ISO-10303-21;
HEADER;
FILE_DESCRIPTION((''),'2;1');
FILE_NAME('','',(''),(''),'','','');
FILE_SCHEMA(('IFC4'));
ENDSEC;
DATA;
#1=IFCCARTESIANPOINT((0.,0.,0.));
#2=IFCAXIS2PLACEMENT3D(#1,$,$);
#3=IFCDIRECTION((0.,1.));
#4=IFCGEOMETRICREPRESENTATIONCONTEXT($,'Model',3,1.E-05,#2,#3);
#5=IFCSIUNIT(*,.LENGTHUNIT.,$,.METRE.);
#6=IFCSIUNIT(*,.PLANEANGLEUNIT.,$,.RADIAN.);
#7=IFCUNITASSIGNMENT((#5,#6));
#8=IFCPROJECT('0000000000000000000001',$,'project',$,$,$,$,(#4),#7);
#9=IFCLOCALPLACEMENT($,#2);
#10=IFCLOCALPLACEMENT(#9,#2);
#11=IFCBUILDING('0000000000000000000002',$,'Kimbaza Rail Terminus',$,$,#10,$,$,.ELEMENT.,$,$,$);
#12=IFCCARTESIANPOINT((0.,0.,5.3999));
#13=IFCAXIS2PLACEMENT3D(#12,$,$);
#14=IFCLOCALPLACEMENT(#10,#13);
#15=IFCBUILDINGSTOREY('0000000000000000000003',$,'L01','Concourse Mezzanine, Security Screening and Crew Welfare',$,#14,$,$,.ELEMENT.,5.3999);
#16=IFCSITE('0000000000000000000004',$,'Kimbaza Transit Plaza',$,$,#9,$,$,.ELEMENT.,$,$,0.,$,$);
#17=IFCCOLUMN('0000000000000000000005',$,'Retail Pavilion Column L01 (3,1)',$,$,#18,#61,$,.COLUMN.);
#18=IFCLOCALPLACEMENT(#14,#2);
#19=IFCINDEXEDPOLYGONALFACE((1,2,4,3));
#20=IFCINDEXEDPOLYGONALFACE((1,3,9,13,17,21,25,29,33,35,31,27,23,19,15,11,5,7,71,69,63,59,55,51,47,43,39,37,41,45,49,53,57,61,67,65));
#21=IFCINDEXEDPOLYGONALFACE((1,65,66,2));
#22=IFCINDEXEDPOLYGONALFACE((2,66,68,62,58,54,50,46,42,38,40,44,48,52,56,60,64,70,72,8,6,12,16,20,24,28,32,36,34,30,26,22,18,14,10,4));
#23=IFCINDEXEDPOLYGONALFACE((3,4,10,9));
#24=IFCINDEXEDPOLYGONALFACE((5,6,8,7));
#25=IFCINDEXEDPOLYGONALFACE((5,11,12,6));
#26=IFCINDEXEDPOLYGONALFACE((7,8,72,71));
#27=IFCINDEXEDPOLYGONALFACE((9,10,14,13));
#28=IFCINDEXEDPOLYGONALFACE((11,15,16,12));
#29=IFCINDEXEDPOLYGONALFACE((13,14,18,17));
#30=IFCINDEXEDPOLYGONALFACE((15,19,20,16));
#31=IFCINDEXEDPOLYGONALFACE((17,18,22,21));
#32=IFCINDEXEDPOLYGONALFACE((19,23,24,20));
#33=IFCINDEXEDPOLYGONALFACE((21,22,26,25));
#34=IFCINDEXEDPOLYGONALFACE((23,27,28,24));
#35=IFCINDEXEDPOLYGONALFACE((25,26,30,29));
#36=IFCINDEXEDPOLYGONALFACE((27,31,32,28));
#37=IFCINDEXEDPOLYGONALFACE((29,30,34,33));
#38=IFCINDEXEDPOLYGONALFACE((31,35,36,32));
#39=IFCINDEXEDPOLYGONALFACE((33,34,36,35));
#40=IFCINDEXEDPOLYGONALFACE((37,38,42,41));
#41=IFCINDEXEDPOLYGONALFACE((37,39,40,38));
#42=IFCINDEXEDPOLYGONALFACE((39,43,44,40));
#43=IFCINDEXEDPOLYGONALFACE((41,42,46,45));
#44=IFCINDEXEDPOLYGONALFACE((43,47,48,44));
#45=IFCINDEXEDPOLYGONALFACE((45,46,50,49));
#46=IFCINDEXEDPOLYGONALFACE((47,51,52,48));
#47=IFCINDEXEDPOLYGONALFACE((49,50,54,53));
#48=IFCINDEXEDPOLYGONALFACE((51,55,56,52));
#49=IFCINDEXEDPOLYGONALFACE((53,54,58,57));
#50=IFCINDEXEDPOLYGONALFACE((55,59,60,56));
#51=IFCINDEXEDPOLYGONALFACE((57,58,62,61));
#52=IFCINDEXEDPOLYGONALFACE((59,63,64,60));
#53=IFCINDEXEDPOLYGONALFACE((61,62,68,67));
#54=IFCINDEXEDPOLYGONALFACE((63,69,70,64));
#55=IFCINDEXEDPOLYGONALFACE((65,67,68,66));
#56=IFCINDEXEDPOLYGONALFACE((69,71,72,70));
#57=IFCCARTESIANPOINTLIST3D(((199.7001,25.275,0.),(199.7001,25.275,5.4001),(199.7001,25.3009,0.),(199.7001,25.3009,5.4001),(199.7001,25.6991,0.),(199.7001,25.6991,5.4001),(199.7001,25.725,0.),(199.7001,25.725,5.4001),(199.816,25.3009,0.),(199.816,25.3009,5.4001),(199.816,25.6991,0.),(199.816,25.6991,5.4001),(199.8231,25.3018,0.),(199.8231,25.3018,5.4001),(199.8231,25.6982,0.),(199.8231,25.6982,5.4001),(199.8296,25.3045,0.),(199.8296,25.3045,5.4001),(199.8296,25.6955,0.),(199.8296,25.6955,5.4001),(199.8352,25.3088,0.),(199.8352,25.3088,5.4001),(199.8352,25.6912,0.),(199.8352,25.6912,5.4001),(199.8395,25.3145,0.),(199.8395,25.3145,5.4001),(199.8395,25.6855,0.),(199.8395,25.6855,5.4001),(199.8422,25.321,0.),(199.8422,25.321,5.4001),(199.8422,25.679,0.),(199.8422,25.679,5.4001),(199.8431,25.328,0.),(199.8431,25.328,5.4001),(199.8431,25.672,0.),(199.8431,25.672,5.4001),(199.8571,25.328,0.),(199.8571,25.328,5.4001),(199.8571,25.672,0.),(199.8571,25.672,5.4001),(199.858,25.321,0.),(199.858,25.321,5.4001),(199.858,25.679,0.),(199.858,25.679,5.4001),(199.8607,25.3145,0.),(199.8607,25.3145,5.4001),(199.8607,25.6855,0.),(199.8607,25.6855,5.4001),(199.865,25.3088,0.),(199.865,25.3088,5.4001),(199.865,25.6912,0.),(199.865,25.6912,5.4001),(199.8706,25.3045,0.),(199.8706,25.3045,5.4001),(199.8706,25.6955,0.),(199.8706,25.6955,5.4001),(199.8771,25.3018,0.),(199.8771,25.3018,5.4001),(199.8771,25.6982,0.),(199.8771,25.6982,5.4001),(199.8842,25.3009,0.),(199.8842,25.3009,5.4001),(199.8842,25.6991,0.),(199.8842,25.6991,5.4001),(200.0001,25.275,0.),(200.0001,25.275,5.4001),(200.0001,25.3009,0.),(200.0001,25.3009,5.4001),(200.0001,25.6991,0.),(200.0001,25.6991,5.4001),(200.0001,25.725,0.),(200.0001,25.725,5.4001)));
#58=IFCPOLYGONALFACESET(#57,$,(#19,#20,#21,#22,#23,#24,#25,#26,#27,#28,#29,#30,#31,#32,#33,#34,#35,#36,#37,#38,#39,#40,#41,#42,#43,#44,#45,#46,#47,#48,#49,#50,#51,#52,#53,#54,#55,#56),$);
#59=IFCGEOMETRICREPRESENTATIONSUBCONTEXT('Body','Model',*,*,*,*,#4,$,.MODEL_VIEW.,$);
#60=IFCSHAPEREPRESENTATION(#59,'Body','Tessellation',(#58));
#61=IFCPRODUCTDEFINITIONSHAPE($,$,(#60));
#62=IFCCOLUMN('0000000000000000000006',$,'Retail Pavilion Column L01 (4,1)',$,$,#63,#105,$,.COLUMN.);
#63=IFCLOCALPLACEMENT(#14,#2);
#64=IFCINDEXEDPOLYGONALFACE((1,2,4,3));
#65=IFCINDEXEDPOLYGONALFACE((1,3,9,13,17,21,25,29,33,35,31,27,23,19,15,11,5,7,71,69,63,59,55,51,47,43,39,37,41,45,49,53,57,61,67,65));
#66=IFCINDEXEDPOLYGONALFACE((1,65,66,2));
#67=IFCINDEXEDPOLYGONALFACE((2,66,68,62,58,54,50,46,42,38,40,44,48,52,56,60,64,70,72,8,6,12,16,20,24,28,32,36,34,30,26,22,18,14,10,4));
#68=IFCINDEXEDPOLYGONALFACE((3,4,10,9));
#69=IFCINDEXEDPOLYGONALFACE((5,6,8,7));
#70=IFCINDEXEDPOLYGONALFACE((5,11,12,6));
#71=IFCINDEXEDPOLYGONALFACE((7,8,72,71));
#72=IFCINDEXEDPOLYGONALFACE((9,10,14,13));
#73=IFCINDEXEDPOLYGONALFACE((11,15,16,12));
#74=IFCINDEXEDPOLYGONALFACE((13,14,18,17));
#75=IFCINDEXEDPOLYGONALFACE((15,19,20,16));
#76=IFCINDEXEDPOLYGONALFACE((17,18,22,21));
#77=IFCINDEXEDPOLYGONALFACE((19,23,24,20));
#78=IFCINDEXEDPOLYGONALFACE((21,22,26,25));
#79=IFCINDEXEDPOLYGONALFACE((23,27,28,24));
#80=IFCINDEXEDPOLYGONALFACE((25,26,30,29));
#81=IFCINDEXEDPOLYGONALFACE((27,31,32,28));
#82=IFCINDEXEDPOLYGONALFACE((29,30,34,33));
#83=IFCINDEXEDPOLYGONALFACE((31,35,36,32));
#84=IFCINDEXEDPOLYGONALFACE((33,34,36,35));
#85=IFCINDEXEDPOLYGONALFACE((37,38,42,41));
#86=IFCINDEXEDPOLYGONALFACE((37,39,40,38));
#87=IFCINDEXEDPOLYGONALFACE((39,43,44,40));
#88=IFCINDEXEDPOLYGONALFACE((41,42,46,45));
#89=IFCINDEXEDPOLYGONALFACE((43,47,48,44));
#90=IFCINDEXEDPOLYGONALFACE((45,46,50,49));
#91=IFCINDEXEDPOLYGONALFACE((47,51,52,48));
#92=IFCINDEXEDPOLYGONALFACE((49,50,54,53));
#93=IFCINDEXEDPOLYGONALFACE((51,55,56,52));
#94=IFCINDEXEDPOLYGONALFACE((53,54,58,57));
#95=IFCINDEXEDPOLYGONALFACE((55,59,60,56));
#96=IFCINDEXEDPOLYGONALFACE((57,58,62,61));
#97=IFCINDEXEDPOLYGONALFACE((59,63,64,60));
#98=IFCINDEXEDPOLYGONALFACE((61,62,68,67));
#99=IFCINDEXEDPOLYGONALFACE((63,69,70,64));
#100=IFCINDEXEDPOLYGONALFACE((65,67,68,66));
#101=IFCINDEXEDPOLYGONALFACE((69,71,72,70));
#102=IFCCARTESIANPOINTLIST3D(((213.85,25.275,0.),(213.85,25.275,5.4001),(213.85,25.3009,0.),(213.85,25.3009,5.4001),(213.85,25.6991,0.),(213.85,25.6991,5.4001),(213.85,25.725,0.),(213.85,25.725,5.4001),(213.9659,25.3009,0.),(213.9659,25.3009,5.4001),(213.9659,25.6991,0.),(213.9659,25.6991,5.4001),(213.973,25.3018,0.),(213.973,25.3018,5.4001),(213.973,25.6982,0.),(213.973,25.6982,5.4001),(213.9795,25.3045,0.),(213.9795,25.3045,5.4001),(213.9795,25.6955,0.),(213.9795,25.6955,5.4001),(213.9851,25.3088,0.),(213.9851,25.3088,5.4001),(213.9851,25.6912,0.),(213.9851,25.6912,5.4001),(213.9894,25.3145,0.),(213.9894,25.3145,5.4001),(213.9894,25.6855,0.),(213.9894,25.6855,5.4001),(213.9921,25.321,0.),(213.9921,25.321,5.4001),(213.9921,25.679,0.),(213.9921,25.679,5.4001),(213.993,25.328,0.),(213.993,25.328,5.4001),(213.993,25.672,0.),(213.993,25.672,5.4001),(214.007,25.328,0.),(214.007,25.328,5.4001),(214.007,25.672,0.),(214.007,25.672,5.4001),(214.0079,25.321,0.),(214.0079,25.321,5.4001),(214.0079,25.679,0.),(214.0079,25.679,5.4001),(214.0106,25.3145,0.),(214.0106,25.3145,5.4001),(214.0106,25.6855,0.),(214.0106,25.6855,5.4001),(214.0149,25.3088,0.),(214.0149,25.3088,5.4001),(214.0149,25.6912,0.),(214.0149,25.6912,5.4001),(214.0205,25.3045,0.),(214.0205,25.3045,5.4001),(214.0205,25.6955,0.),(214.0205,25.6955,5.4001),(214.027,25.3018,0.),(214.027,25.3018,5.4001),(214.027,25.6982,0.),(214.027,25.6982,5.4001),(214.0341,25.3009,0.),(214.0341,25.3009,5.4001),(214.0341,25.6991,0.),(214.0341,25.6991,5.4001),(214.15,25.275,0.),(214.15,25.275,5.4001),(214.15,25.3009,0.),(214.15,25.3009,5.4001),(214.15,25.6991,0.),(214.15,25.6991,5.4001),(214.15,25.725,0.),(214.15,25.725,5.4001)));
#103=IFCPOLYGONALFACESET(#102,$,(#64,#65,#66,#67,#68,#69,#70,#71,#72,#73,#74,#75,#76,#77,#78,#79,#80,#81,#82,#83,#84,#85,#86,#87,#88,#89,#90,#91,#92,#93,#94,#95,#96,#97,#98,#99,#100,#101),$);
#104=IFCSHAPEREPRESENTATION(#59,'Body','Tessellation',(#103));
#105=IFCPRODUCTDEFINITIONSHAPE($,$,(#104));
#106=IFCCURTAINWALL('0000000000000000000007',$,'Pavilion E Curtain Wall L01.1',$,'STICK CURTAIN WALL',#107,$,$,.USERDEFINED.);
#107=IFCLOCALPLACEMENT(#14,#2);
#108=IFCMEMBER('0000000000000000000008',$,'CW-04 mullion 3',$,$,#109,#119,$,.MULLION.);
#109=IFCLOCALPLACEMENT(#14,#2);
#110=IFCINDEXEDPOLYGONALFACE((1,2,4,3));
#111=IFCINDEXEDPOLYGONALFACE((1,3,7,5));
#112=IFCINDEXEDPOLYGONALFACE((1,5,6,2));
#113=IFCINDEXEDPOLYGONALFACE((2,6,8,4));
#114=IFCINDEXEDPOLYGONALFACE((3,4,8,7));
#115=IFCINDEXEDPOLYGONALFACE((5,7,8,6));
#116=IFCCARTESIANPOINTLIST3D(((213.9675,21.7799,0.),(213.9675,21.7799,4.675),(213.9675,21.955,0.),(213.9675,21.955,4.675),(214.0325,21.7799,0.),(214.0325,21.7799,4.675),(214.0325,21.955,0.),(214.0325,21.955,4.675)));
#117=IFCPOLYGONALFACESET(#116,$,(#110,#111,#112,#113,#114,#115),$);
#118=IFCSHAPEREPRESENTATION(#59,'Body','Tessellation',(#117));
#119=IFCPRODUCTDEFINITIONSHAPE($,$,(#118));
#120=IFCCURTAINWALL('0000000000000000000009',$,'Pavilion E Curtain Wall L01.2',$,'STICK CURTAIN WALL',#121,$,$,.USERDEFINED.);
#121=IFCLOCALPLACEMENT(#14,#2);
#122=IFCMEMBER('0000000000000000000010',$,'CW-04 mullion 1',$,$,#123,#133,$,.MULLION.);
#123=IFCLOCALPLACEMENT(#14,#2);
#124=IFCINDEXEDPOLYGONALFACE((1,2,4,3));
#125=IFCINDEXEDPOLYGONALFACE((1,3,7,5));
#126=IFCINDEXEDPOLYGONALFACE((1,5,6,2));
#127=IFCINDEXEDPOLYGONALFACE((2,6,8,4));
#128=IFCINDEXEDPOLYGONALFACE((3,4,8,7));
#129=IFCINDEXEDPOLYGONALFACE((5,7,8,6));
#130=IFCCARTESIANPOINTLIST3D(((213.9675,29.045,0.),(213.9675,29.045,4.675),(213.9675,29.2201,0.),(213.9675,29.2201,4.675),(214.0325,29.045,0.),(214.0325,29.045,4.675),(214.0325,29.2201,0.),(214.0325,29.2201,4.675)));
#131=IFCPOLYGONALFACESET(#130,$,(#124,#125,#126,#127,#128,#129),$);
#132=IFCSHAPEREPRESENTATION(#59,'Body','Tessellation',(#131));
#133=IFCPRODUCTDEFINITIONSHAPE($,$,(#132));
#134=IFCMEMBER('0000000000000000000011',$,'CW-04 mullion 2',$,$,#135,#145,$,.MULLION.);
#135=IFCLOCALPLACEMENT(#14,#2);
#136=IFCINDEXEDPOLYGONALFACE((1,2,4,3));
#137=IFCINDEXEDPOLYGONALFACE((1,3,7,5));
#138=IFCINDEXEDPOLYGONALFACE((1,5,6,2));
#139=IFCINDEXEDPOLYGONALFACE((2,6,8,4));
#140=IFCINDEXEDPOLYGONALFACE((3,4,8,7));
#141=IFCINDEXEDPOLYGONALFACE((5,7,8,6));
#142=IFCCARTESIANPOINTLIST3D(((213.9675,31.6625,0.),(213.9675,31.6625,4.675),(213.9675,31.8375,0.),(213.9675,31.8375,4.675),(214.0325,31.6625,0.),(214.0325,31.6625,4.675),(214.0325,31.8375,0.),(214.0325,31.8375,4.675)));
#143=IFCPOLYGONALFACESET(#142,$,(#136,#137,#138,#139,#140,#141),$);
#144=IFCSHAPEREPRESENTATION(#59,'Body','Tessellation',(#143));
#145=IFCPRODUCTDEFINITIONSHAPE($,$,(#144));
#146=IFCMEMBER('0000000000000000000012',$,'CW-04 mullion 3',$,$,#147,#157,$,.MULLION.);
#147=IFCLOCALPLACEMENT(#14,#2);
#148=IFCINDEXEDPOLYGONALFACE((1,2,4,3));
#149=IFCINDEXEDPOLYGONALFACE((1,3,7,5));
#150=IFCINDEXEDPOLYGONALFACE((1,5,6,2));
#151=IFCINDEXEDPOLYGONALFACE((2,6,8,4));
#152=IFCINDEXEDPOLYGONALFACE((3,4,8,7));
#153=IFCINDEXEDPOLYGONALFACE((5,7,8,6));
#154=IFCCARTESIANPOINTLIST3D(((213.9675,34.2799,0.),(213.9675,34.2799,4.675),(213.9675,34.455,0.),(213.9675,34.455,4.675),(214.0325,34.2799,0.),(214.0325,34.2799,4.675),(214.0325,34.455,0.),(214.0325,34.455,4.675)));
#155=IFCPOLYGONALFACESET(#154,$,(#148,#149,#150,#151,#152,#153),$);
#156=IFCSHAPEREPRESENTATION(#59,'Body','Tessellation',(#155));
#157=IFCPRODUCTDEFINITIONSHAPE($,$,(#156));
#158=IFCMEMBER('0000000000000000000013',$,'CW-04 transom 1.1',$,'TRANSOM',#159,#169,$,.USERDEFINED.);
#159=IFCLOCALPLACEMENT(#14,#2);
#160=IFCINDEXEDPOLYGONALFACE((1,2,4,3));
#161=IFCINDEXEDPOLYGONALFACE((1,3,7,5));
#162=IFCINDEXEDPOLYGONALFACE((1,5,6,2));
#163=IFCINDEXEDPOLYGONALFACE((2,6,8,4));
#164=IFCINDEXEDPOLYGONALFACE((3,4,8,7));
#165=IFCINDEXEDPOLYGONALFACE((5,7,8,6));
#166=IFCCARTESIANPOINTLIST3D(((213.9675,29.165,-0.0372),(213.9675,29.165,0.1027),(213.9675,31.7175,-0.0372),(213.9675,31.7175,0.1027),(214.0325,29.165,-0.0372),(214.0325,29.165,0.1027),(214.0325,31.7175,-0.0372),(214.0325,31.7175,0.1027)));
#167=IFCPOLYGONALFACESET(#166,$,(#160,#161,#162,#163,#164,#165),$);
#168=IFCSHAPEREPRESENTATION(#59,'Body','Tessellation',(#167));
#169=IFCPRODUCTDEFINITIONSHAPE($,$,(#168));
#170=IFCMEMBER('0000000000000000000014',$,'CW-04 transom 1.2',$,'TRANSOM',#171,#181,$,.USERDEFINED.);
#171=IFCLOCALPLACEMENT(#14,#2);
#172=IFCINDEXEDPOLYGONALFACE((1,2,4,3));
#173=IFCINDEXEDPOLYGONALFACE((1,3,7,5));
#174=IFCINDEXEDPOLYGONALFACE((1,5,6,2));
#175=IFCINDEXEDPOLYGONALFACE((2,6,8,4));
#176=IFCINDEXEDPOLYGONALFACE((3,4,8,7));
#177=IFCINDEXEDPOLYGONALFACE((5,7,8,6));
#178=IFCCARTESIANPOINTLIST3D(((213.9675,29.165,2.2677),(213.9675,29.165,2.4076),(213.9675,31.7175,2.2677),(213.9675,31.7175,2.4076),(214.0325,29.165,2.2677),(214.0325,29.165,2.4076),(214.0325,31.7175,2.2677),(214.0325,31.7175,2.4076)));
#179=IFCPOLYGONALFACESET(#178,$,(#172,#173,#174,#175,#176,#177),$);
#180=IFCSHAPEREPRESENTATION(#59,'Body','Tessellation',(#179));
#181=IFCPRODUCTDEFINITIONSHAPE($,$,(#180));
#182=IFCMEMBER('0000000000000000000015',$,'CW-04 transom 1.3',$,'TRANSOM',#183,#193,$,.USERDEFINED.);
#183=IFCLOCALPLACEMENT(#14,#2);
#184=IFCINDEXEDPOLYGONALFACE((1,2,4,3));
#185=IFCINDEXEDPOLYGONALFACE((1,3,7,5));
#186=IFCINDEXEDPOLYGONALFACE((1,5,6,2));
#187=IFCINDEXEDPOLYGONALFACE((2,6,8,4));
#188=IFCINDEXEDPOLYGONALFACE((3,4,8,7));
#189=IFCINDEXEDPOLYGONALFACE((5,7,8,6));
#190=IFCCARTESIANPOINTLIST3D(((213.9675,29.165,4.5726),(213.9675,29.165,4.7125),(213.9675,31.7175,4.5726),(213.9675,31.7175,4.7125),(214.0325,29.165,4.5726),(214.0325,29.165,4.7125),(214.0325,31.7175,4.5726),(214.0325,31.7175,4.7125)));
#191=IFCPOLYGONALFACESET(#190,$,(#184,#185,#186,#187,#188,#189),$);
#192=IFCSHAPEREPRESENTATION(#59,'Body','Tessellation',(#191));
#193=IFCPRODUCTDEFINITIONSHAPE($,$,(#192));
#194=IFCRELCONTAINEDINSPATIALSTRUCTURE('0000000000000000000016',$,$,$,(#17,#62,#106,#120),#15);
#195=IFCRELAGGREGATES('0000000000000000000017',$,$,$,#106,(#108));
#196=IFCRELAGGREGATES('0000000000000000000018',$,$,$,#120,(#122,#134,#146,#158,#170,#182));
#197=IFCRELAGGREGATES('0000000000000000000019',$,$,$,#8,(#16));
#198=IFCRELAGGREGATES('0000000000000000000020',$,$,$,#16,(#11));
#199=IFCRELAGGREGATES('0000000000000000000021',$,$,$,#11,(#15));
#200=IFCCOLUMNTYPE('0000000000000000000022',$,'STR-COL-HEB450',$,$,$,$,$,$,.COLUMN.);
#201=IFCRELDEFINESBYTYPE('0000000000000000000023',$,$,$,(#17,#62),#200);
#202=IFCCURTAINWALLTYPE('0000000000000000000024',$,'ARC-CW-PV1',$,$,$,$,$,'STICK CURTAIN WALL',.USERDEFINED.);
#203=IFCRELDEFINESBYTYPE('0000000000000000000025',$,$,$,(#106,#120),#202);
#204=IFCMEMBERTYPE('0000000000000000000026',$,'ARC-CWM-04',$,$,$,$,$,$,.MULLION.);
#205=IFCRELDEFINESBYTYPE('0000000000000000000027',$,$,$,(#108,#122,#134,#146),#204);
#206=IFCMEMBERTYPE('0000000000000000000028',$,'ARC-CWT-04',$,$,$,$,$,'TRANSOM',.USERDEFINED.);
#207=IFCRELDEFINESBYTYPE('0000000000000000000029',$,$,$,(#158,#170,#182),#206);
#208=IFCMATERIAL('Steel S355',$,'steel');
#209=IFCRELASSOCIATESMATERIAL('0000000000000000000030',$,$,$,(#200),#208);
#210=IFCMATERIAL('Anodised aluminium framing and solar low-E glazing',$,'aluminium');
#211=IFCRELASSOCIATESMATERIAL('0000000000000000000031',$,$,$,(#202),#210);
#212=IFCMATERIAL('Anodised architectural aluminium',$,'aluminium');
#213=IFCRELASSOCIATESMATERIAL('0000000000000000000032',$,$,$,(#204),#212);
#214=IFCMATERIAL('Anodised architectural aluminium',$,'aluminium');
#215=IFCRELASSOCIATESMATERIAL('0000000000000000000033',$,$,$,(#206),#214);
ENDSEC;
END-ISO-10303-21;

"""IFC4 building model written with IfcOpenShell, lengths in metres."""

from ifc_helpers import new_model, si_unit, direction, frame, origin, origin_2d, place, context, subcontext, project, spatial, rectangle, i_section, extrude, material, material_profile, profile_set, type_object, element, aggregate, save


model = new_model("IFC4")

# Units and contexts
model_context = context("Model", 3, precision=1e-05, world=origin(), true_north=direction((0.0, 1.0)))
body_context = subcontext(model_context, "Body", "Model", "MODEL_VIEW")
ifc_project = project(units=[si_unit("LENGTHUNIT", "METRE"), si_unit("PLANEANGLEUNIT", "RADIAN")], contexts=[model_context])

# Site, building, storey
site_placement = place(None, origin())
site = spatial("IfcSite", under=ifc_project, at=site_placement, Name="Kimbaza Transit Plaza", CompositionType="ELEMENT", RefElevation=0.0)
building_placement = place(site_placement, origin())
building = spatial("IfcBuilding", under=site, at=building_placement, Name="Kimbaza Rail Terminus", CompositionType="ELEMENT")
storey_placement = place(building_placement, frame((0.0, 0.0, 5.3999)))
storey = spatial("IfcBuildingStorey", under=building, at=storey_placement, Name="L01", Description="Concourse Mezzanine, Security Screening and Crew Welfare", CompositionType="ELEMENT", Elevation=5.3999)

# Columns
ifc_material_1 = material(Name="Steel S355", Category="steel")
ifc_material_profile_1 = material_profile(ifc_material_1, i_section(OverallWidth=0.3, OverallDepth=0.45, WebThickness=0.0139, FlangeThickness=0.0259, FilletRadius=0.0271, at=origin_2d()), Name="HEB 450")
ifc_profile_set_1 = profile_set([ifc_material_profile_1], Name="Steel S355")
column_type = type_object("IfcColumnType", Name="STR-COL-HEB450", PredefinedType="COLUMN", material=ifc_profile_set_1)
for number, where, z_axis, x_axis, name in (
    (1, (199.8501, 25.5, 0.0), (0.0, 0.0, 1.0), (1.0, 0.0, 0.0), "Retail Pavilion Column L01 (3,1)"),
    (2, (214.0, 25.5, 0.0), (0.0, 0.0, 1.0), (1.0, 0.0, 0.0), "Retail Pavilion Column L01 (4,1)"),
):
    element("IfcColumn", number, at=place(storey_placement, frame(where, z_axis=z_axis, x_axis=x_axis)), inside=storey, type_object=column_type, Name=name, PredefinedType="COLUMN", context=body_context, shape_type="SweptSolid", body=[
        extrude(i_section(OverallWidth=0.3, OverallDepth=0.45, WebThickness=0.0139, FlangeThickness=0.0259, FilletRadius=0.0271, at=origin_2d()), origin(), (0.0, 0.0, 1.0), 5.4001),
    ])

# Curtain wall, member
ifc_material_2 = material(Name="Anodised aluminium framing and solar low-E glazing", Category="aluminium")
curtain_wall_type = type_object("IfcCurtainWallType", Name="ARC-CW-PV1", ElementType="STICK CURTAIN WALL", PredefinedType="USERDEFINED", material=ifc_material_2)
curtain_wall_1_placement = place(storey_placement, origin())
curtain_wall_1 = element("IfcCurtainWall", 3, at=curtain_wall_1_placement, inside=storey, type_object=curtain_wall_type, Name="Pavilion E Curtain Wall L01.1", ObjectType="STICK CURTAIN WALL", PredefinedType="USERDEFINED")
ifc_material_3 = material(Name="Anodised architectural aluminium", Category="aluminium")
ifc_material_profile_2 = material_profile(ifc_material_3, rectangle(XDim=0.0649, YDim=0.175, at=origin_2d()), Name="MULLION 65x175")
ifc_profile_set_2 = profile_set([ifc_material_profile_2], Name="Anodised architectural aluminium")
member_type_1 = type_object("IfcMemberType", Name="ARC-CWM-04", PredefinedType="MULLION", material=ifc_profile_set_2)
member_1_placement = place(storey_placement, frame((214.0, 21.8674, 0.0), z_axis=(0.0, 0.0, 1.0), x_axis=(-1.0, 0.0, 0.0)))
member_1 = element("IfcMember", 4, at=member_1_placement, type_object=member_type_1, Name="CW-04 mullion 3", PredefinedType="MULLION", context=body_context, shape_type="SweptSolid", body=[
    extrude(rectangle(XDim=0.0649, YDim=0.175, at=origin_2d()), origin(), (0.0, 0.0, 1.0), 4.675),
])
aggregate(curtain_wall_1, [member_1])

# Curtain wall, members
curtain_wall_2_placement = place(storey_placement, origin())
curtain_wall_2 = element("IfcCurtainWall", 5, at=curtain_wall_2_placement, inside=storey, type_object=curtain_wall_type, Name="Pavilion E Curtain Wall L01.2", ObjectType="STICK CURTAIN WALL", PredefinedType="USERDEFINED")
member_2_placement = place(storey_placement, frame((214.0, 29.1326, 0.0), z_axis=(0.0, 0.0, 1.0), x_axis=(-1.0, 0.0, 0.0)))
member_2 = element("IfcMember", 6, at=member_2_placement, type_object=member_type_1, Name="CW-04 mullion 1", PredefinedType="MULLION", context=body_context, shape_type="SweptSolid", body=[
    extrude(rectangle(XDim=0.0649, YDim=0.175, at=origin_2d()), origin(), (0.0, 0.0, 1.0), 4.675),
])
member_3_placement = place(storey_placement, frame((214.0, 31.75, 0.0), z_axis=(0.0, 0.0, 1.0), x_axis=(-1.0, 0.0, 0.0)))
member_3 = element("IfcMember", 7, at=member_3_placement, type_object=member_type_1, Name="CW-04 mullion 2", PredefinedType="MULLION", context=body_context, shape_type="SweptSolid", body=[
    extrude(rectangle(XDim=0.0649, YDim=0.175, at=origin_2d()), origin(), (0.0, 0.0, 1.0), 4.675),
])
member_4_placement = place(storey_placement, frame((214.0, 34.3674, 0.0), z_axis=(0.0, 0.0, 1.0), x_axis=(-1.0, 0.0, 0.0)))
member_4 = element("IfcMember", 8, at=member_4_placement, type_object=member_type_1, Name="CW-04 mullion 3", PredefinedType="MULLION", context=body_context, shape_type="SweptSolid", body=[
    extrude(rectangle(XDim=0.0649, YDim=0.175, at=origin_2d()), origin(), (0.0, 0.0, 1.0), 4.675),
])
ifc_material_4 = material(Name="Anodised architectural aluminium", Category="aluminium")
ifc_material_profile_3 = material_profile(ifc_material_4, rectangle(XDim=0.0649, YDim=0.1399, at=origin_2d()), Name="TRANSOM 65x140")
ifc_profile_set_3 = profile_set([ifc_material_profile_3], Name="Anodised architectural aluminium")
member_type_2 = type_object("IfcMemberType", Name="ARC-CWT-04", ElementType="TRANSOM", PredefinedType="USERDEFINED", material=ifc_profile_set_3)
member_5_placement = place(storey_placement, frame((214.0, 29.165, 0.0327), z_axis=(0.0, 1.0, 0.0), x_axis=(-1.0, 0.0, 0.0)))
member_5 = element("IfcMember", 9, at=member_5_placement, type_object=member_type_2, Name="CW-04 transom 1.1", ObjectType="TRANSOM", PredefinedType="USERDEFINED", context=body_context, shape_type="SweptSolid", body=[
    extrude(rectangle(XDim=0.0649, YDim=0.1399, at=origin_2d()), origin(), (0.0, 0.0, 1.0), 2.5525),
])
member_6_placement = place(storey_placement, frame((214.0, 29.165, 2.3376), z_axis=(0.0, 1.0, 0.0), x_axis=(-1.0, 0.0, 0.0)))
member_6 = element("IfcMember", 10, at=member_6_placement, type_object=member_type_2, Name="CW-04 transom 1.2", ObjectType="TRANSOM", PredefinedType="USERDEFINED", context=body_context, shape_type="SweptSolid", body=[
    extrude(rectangle(XDim=0.0649, YDim=0.1399, at=origin_2d()), origin(), (0.0, 0.0, 1.0), 2.5525),
])
member_7_placement = place(storey_placement, frame((214.0, 29.165, 4.6426), z_axis=(0.0, 1.0, 0.0), x_axis=(-1.0, 0.0, 0.0)))
member_7 = element("IfcMember", 11, at=member_7_placement, type_object=member_type_2, Name="CW-04 transom 1.3", ObjectType="TRANSOM", PredefinedType="USERDEFINED", context=body_context, shape_type="SweptSolid", body=[
    extrude(rectangle(XDim=0.0649, YDim=0.1399, at=origin_2d()), origin(), (0.0, 0.0, 1.0), 2.5525),
])

aggregate(curtain_wall_2, [member_2, member_3, member_4, member_5, member_6, member_7])

save(model, "model.ifc")
